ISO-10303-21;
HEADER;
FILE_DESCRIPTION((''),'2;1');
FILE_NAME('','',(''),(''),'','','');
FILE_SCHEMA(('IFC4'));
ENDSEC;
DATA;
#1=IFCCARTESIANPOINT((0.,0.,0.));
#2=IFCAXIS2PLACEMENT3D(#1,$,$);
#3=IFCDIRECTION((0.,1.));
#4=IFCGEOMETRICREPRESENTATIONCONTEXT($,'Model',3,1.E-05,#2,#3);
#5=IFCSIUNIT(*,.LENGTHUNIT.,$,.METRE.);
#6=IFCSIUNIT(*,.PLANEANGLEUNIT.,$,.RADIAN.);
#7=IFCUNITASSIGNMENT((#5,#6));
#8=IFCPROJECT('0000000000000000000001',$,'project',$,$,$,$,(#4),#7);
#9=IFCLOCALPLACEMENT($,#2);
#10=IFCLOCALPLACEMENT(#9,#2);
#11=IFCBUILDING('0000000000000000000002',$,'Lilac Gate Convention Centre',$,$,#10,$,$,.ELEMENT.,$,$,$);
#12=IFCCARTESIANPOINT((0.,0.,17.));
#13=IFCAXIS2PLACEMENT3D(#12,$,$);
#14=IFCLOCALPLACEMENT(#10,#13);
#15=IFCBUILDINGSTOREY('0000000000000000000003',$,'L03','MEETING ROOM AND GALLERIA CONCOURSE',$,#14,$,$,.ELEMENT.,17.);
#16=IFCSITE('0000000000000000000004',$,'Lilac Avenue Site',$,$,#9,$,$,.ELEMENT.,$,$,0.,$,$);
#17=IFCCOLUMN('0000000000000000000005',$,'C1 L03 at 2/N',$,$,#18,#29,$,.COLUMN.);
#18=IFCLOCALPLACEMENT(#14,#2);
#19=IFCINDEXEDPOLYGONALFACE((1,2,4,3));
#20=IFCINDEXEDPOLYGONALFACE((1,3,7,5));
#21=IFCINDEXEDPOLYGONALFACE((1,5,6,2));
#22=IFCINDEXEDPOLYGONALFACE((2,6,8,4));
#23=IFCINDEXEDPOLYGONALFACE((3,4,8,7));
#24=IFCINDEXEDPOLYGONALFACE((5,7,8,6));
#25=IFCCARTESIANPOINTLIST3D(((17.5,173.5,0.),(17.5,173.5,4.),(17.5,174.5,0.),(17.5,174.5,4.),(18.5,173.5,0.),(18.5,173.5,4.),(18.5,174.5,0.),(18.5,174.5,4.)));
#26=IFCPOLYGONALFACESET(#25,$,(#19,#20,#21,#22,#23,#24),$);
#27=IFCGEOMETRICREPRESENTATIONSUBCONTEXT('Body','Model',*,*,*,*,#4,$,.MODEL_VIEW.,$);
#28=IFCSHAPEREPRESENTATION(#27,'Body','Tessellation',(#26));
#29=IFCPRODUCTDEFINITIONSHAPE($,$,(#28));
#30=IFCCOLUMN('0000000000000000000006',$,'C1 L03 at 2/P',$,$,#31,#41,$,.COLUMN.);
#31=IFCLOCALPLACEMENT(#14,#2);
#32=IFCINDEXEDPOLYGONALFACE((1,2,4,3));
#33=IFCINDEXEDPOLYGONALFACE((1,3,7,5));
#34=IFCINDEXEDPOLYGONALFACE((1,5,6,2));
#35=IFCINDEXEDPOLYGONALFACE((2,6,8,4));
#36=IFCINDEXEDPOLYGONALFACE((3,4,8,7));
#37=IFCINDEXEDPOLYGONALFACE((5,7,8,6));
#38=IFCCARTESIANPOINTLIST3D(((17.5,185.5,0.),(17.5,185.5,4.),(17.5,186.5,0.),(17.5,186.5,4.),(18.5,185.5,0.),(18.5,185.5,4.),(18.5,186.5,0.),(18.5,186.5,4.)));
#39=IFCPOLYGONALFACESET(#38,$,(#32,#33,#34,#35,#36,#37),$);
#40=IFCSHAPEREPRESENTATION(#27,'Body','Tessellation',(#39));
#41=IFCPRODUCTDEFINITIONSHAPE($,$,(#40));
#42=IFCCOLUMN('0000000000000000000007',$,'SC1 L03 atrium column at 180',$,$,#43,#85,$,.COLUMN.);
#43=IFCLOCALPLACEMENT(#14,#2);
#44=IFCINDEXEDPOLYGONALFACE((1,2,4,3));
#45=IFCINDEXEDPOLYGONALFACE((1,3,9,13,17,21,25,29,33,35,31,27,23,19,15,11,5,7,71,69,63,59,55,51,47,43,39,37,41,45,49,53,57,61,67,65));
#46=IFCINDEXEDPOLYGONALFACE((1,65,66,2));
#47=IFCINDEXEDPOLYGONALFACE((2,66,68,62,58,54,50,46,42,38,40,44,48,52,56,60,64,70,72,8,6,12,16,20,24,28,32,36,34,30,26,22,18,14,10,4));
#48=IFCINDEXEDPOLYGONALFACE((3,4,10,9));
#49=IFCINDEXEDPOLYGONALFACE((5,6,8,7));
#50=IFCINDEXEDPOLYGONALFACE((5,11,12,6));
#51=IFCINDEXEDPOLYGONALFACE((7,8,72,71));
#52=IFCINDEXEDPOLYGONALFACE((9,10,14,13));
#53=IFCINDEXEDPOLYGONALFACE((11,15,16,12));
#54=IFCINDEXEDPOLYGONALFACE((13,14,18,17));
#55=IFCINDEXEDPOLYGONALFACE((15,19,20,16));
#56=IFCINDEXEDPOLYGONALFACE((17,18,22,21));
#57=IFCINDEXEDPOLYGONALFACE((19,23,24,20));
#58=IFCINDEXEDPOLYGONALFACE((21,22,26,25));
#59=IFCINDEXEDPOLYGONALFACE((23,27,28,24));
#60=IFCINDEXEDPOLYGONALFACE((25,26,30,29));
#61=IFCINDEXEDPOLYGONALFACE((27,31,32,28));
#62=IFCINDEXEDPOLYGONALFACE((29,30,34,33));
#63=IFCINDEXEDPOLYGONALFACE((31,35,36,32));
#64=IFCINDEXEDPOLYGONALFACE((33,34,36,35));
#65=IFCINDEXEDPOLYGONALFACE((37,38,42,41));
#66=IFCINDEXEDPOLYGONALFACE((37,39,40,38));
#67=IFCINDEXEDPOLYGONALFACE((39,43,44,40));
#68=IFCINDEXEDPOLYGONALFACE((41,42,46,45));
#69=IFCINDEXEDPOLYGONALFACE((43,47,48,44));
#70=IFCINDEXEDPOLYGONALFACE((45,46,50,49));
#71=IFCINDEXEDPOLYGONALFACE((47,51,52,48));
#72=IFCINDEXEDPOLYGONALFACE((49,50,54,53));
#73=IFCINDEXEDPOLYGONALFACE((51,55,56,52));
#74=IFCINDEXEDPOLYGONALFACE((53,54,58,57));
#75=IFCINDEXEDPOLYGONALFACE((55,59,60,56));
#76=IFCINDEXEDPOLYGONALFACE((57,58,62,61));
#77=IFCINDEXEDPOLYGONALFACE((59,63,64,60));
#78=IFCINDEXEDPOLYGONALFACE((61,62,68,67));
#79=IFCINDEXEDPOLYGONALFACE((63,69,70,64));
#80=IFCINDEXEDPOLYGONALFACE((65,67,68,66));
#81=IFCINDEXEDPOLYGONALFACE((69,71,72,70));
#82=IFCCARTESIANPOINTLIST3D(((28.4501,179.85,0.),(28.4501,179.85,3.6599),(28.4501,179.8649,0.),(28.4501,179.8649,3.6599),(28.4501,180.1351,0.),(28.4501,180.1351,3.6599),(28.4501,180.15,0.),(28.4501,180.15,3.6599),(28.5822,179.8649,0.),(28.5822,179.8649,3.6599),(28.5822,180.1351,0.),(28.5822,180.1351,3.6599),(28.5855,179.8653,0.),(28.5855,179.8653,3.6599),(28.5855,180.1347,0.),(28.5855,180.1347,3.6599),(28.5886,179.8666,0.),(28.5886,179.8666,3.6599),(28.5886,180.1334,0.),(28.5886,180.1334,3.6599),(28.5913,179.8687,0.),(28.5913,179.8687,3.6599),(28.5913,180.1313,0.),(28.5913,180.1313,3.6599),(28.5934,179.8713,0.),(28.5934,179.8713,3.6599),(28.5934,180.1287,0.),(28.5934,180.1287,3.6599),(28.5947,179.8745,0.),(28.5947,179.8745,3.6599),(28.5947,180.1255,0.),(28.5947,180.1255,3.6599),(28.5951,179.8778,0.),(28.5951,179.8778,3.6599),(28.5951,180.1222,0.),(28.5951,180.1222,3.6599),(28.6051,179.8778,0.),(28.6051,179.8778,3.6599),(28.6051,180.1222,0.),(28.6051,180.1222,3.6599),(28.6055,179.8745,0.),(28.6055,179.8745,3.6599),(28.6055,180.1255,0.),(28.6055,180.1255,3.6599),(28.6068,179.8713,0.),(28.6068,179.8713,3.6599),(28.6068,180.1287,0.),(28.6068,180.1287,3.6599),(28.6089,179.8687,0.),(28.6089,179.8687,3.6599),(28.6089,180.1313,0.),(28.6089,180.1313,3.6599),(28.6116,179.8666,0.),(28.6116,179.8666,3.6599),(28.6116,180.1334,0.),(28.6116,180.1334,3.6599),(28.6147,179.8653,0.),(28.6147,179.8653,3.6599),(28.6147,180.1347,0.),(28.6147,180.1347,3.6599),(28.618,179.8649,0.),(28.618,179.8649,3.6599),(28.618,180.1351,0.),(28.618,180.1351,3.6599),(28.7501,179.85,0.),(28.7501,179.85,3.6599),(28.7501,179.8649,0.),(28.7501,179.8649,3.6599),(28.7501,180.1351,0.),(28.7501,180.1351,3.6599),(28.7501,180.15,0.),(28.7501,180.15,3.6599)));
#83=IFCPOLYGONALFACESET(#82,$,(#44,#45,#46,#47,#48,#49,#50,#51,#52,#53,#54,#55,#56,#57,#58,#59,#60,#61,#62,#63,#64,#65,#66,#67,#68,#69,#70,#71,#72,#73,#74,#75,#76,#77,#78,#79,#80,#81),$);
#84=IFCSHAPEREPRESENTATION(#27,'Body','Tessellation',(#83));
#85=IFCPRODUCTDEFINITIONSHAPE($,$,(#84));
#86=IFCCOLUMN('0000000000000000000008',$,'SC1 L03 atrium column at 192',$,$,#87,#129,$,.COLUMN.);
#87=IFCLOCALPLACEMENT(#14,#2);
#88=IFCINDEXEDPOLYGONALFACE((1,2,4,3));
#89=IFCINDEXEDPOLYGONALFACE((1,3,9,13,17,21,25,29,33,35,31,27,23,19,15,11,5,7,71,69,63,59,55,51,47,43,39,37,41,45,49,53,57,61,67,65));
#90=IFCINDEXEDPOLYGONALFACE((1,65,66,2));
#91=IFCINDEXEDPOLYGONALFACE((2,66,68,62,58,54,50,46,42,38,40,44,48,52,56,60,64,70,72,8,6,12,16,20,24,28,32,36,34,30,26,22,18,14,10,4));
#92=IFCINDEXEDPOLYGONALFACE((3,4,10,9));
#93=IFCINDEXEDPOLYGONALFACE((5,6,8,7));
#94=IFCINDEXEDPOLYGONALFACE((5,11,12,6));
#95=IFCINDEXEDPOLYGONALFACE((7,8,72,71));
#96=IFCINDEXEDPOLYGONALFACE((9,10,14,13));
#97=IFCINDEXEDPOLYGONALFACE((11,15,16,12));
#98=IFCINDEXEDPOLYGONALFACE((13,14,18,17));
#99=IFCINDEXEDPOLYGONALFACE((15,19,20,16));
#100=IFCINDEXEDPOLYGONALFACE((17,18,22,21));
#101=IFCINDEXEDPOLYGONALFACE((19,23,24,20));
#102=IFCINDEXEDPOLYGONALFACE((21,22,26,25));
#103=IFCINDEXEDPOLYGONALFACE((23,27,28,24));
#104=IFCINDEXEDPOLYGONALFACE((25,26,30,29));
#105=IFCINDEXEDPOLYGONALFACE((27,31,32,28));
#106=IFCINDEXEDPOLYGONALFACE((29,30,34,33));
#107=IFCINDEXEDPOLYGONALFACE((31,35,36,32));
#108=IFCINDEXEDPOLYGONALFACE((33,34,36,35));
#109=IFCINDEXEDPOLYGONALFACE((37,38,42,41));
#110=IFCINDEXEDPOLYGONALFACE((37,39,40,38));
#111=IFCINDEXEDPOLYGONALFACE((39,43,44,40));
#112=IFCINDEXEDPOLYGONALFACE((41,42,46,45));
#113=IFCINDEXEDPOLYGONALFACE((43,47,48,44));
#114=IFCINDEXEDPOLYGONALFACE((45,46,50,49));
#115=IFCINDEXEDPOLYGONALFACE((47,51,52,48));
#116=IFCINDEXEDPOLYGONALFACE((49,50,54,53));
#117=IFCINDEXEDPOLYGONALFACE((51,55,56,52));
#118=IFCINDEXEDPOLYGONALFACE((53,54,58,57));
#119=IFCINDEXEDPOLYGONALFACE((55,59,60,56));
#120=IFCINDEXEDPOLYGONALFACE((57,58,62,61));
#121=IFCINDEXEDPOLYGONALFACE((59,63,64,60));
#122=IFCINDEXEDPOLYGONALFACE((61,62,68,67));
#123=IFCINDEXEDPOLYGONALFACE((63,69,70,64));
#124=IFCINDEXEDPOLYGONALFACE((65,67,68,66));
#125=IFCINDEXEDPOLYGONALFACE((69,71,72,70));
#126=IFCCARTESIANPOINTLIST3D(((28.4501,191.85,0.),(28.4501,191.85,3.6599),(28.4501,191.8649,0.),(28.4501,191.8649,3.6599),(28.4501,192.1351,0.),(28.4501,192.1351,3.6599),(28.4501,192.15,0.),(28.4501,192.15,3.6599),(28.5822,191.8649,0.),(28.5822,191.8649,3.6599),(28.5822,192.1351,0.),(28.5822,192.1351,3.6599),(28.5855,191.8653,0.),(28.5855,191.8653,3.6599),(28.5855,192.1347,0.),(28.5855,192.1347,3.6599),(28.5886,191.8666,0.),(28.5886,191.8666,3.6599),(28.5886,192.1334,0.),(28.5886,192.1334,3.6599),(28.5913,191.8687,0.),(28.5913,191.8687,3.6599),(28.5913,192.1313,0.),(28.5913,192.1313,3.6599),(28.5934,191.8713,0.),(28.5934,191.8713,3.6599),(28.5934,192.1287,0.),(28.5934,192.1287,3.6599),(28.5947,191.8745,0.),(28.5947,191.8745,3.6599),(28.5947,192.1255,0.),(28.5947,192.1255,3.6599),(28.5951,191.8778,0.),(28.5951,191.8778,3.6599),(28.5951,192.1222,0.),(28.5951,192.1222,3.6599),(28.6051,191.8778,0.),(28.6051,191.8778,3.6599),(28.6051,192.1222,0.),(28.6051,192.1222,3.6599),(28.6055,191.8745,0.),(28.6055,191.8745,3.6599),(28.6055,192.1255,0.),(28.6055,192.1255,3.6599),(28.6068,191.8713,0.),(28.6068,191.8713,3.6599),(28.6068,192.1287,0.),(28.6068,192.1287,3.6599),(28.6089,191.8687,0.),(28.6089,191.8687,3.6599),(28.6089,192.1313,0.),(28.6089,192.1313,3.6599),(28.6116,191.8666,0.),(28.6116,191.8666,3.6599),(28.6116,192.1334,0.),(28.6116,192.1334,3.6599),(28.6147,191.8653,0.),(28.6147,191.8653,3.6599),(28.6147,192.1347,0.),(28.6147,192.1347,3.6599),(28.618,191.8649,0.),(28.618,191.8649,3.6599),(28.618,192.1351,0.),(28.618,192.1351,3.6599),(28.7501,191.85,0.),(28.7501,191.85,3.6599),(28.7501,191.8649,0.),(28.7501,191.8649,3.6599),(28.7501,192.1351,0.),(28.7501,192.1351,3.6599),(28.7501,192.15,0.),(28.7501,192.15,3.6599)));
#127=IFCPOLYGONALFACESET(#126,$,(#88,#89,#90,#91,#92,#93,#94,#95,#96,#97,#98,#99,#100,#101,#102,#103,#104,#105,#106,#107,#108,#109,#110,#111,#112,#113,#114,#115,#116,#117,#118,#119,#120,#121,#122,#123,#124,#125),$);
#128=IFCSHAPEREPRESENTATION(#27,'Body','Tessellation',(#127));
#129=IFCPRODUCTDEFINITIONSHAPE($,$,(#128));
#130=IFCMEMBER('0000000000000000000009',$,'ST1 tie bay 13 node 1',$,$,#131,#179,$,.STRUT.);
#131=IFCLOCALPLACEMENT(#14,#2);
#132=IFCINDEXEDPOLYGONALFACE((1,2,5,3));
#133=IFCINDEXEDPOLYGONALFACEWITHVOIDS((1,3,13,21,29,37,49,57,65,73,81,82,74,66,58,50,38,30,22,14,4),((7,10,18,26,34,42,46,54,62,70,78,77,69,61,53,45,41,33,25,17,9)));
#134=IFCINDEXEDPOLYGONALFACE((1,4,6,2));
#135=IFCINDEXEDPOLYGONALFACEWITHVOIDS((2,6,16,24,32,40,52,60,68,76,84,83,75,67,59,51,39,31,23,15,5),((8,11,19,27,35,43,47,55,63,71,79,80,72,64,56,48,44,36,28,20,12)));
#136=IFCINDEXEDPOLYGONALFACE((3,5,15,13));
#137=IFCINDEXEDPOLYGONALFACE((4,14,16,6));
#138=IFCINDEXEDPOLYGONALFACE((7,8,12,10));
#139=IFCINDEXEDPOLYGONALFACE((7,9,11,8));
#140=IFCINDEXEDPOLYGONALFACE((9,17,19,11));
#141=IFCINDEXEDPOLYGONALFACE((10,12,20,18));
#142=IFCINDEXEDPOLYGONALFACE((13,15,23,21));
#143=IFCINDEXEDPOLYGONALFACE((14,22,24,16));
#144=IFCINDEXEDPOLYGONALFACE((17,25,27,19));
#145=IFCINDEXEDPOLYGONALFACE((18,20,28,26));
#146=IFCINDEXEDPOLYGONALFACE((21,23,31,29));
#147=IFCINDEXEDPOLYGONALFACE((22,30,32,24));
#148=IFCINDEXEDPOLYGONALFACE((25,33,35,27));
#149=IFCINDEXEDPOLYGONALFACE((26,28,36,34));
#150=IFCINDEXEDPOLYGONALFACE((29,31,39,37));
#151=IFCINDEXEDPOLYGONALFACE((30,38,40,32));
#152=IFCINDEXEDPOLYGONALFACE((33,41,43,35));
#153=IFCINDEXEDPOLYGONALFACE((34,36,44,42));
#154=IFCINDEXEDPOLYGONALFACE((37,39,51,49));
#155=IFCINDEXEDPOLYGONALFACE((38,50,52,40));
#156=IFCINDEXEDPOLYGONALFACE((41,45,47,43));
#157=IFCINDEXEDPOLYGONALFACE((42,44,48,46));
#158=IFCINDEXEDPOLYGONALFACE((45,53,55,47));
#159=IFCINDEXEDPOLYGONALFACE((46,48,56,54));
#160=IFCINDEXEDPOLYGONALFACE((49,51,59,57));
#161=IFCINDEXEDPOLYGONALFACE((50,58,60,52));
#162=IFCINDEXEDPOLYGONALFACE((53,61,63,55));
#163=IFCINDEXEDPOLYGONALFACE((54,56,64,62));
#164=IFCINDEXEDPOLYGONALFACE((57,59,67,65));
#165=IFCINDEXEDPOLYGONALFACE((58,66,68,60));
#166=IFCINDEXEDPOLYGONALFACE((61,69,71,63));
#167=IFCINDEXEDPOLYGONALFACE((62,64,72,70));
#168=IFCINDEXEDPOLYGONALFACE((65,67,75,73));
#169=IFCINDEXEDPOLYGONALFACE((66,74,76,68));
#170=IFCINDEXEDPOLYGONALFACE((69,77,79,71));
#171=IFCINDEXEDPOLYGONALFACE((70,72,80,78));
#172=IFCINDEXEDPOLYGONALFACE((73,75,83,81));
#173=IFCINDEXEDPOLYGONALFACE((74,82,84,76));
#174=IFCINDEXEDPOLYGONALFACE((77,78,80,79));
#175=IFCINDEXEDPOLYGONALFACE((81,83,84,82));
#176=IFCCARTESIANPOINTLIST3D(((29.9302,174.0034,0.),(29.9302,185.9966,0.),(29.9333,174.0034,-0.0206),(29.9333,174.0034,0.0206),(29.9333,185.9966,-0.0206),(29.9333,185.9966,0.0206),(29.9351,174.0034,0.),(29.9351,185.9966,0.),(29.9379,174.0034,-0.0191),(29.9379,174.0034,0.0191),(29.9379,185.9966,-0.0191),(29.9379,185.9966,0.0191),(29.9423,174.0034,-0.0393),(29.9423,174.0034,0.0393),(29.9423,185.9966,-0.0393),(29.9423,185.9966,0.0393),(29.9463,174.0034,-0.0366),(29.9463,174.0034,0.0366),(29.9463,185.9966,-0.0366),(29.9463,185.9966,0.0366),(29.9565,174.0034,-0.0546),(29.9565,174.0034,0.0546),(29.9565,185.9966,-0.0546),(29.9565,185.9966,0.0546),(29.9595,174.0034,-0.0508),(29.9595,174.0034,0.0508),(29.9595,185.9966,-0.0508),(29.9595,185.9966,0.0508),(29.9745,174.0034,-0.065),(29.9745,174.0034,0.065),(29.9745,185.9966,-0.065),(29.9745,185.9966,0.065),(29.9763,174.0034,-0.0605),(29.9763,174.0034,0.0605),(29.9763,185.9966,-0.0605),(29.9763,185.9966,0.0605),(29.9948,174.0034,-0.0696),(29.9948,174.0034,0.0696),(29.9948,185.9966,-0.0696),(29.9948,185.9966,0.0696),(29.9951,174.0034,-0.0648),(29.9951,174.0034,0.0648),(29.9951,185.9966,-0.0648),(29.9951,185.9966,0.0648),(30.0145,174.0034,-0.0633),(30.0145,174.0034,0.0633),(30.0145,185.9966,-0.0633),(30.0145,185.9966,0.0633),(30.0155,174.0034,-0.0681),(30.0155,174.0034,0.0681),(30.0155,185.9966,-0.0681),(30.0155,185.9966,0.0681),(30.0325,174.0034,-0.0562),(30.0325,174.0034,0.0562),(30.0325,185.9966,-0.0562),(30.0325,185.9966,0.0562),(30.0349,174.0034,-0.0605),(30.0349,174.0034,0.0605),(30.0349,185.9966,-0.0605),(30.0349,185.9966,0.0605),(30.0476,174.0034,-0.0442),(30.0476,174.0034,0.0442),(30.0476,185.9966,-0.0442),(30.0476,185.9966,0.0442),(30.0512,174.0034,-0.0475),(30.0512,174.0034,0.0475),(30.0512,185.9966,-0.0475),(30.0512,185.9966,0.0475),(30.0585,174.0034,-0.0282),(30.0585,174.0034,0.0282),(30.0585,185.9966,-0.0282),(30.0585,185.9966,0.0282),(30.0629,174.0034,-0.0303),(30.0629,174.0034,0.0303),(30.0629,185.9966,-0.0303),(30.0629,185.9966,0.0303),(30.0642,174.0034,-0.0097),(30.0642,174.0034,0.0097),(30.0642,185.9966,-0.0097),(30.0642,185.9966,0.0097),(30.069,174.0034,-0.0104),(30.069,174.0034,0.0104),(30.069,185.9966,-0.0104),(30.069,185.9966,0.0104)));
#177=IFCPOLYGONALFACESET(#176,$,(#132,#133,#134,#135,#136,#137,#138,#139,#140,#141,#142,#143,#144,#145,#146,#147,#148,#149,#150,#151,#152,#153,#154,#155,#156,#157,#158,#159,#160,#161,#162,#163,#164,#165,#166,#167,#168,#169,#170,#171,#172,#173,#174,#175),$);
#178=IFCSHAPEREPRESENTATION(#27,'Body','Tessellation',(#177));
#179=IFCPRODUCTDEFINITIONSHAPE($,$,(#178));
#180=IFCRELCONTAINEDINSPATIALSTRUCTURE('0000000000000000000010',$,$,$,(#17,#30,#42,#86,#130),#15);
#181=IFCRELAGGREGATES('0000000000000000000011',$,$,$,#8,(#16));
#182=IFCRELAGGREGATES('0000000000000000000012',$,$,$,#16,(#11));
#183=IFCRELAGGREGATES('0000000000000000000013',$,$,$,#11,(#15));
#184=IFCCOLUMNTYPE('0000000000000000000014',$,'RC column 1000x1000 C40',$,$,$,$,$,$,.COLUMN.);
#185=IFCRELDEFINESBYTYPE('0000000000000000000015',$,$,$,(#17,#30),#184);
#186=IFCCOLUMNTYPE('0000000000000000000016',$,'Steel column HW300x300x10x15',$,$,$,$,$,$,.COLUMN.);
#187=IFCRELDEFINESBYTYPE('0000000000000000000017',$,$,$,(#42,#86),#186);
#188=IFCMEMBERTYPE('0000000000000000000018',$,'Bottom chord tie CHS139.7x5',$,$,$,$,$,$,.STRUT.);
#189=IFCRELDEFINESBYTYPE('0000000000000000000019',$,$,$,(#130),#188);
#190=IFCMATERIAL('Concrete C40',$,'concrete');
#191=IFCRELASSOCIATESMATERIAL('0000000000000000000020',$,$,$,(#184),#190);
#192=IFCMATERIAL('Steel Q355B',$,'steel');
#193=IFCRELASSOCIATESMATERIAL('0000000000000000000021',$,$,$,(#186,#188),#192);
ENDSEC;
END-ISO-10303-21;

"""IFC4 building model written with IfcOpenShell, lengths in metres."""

from ifc_helpers import new_model, si_unit, direction, frame, origin, origin_2d, place, context, subcontext, project, spatial, rectangle, hollow_circle, i_section, extrude, material, material_profile, profile_set, type_object, element, save


model = new_model("IFC4")

# Units and contexts
model_context = context("Model", 3, precision=1e-05, world=origin(), true_north=direction((0.0, 1.0)))
body_context = subcontext(model_context, "Body", "Model", "MODEL_VIEW")
ifc_project = project(units=[si_unit("LENGTHUNIT", "METRE"), si_unit("PLANEANGLEUNIT", "RADIAN")], contexts=[model_context])

# Site, building, storey
site_placement = place(None, origin())
site = spatial("IfcSite", under=ifc_project, at=site_placement, Name="Lilac Avenue Site", CompositionType="ELEMENT", RefElevation=0.0)
building_placement = place(site_placement, origin())
building = spatial("IfcBuilding", under=site, at=building_placement, Name="Lilac Gate Convention Centre", CompositionType="ELEMENT")
storey_placement = place(building_placement, frame((0.0, 0.0, 17.0)))
storey = spatial("IfcBuildingStorey", under=building, at=storey_placement, Name="L03", Description="MEETING ROOM AND GALLERIA CONCOURSE", CompositionType="ELEMENT", Elevation=17.0)

# Columns
ifc_material_1 = material(Name="Concrete C40", Category="concrete")
ifc_material_profile_1 = material_profile(ifc_material_1, rectangle(XDim=1.0, YDim=1.0, at=origin_2d()), Name="RC 1000x1000")
ifc_profile_set_1 = profile_set([ifc_material_profile_1], Name="Concrete C40")
column_type_1 = type_object("IfcColumnType", Name="RC column 1000x1000 C40", PredefinedType="COLUMN", material=ifc_profile_set_1)
for number, where, z_axis, x_axis, name in (
    (1, (18.0, 174.0, 0.0), (0.0, 0.0, 1.0), (1.0, 0.0, 0.0), "C1 L03 at 2/N"),
    (2, (18.0, 186.0, 0.0), (0.0, 0.0, 1.0), (1.0, 0.0, 0.0), "C1 L03 at 2/P"),
):
    element("IfcColumn", number, at=place(storey_placement, frame(where, z_axis=z_axis, x_axis=x_axis)), inside=storey, type_object=column_type_1, Name=name, PredefinedType="COLUMN", context=body_context, shape_type="SweptSolid", body=[
        extrude(rectangle(XDim=1.0, YDim=1.0, at=origin_2d()), origin(), (0.0, 0.0, 1.0), 4.0),
    ])
ifc_material_2 = material(Name="Steel Q355B", Category="steel")
ifc_material_profile_2 = material_profile(ifc_material_2, i_section(OverallWidth=0.3, OverallDepth=0.3, WebThickness=0.01, FlangeThickness=0.0149, FilletRadius=0.0129, at=origin_2d()), Name="HW300x300x10x15")
ifc_profile_set_2 = profile_set([ifc_material_profile_2], Name="Steel Q355B")
column_type_2 = type_object("IfcColumnType", Name="Steel column HW300x300x10x15", PredefinedType="COLUMN", material=ifc_profile_set_2)
for number, where, z_axis, x_axis, name in (
    (3, (28.6001, 180.0, 0.0), (0.0, 0.0, 1.0), (1.0, 0.0, 0.0), "SC1 L03 atrium column at 180"),
    (4, (28.6001, 192.0, 0.0), (0.0, 0.0, 1.0), (1.0, 0.0, 0.0), "SC1 L03 atrium column at 192"),
):
    element("IfcColumn", number, at=place(storey_placement, frame(where, z_axis=z_axis, x_axis=x_axis)), inside=storey, type_object=column_type_2, Name=name, PredefinedType="COLUMN", context=body_context, shape_type="SweptSolid", body=[
        extrude(i_section(OverallWidth=0.3, OverallDepth=0.3, WebThickness=0.01, FlangeThickness=0.0149, FilletRadius=0.0129, at=origin_2d()), origin(), (0.0, 0.0, 1.0), 3.6599),
    ])

# Member
ifc_material_profile_3 = material_profile(ifc_material_2, hollow_circle(Radius=0.0698, WallThickness=0.0049, at=origin_2d()), Name="CHS139.7x5")
ifc_profile_set_3 = profile_set([ifc_material_profile_3], Name="Steel Q355B")
member_type_1 = type_object("IfcMemberType", Name="Bottom chord tie CHS139.7x5", PredefinedType="STRUT", material=ifc_profile_set_3)
for number, where, z_axis, x_axis, name in (
    (5, (30.0, 174.0034, 0.0), (0.0, 1.0, 0.0), (-1.0, 0.0, 0.0), "ST1 tie bay 13 node 1"),
):
    element("IfcMember", number, at=place(storey_placement, frame(where, z_axis=z_axis, x_axis=x_axis)), inside=storey, type_object=member_type_1, Name=name, PredefinedType="STRUT", context=body_context, shape_type="SweptSolid", body=[
        extrude(hollow_circle(Radius=0.0698, WallThickness=0.0049, at=origin_2d()), origin(), (0.0, 0.0, 1.0), 11.9932),
    ])

save(model, "model.ifc")
